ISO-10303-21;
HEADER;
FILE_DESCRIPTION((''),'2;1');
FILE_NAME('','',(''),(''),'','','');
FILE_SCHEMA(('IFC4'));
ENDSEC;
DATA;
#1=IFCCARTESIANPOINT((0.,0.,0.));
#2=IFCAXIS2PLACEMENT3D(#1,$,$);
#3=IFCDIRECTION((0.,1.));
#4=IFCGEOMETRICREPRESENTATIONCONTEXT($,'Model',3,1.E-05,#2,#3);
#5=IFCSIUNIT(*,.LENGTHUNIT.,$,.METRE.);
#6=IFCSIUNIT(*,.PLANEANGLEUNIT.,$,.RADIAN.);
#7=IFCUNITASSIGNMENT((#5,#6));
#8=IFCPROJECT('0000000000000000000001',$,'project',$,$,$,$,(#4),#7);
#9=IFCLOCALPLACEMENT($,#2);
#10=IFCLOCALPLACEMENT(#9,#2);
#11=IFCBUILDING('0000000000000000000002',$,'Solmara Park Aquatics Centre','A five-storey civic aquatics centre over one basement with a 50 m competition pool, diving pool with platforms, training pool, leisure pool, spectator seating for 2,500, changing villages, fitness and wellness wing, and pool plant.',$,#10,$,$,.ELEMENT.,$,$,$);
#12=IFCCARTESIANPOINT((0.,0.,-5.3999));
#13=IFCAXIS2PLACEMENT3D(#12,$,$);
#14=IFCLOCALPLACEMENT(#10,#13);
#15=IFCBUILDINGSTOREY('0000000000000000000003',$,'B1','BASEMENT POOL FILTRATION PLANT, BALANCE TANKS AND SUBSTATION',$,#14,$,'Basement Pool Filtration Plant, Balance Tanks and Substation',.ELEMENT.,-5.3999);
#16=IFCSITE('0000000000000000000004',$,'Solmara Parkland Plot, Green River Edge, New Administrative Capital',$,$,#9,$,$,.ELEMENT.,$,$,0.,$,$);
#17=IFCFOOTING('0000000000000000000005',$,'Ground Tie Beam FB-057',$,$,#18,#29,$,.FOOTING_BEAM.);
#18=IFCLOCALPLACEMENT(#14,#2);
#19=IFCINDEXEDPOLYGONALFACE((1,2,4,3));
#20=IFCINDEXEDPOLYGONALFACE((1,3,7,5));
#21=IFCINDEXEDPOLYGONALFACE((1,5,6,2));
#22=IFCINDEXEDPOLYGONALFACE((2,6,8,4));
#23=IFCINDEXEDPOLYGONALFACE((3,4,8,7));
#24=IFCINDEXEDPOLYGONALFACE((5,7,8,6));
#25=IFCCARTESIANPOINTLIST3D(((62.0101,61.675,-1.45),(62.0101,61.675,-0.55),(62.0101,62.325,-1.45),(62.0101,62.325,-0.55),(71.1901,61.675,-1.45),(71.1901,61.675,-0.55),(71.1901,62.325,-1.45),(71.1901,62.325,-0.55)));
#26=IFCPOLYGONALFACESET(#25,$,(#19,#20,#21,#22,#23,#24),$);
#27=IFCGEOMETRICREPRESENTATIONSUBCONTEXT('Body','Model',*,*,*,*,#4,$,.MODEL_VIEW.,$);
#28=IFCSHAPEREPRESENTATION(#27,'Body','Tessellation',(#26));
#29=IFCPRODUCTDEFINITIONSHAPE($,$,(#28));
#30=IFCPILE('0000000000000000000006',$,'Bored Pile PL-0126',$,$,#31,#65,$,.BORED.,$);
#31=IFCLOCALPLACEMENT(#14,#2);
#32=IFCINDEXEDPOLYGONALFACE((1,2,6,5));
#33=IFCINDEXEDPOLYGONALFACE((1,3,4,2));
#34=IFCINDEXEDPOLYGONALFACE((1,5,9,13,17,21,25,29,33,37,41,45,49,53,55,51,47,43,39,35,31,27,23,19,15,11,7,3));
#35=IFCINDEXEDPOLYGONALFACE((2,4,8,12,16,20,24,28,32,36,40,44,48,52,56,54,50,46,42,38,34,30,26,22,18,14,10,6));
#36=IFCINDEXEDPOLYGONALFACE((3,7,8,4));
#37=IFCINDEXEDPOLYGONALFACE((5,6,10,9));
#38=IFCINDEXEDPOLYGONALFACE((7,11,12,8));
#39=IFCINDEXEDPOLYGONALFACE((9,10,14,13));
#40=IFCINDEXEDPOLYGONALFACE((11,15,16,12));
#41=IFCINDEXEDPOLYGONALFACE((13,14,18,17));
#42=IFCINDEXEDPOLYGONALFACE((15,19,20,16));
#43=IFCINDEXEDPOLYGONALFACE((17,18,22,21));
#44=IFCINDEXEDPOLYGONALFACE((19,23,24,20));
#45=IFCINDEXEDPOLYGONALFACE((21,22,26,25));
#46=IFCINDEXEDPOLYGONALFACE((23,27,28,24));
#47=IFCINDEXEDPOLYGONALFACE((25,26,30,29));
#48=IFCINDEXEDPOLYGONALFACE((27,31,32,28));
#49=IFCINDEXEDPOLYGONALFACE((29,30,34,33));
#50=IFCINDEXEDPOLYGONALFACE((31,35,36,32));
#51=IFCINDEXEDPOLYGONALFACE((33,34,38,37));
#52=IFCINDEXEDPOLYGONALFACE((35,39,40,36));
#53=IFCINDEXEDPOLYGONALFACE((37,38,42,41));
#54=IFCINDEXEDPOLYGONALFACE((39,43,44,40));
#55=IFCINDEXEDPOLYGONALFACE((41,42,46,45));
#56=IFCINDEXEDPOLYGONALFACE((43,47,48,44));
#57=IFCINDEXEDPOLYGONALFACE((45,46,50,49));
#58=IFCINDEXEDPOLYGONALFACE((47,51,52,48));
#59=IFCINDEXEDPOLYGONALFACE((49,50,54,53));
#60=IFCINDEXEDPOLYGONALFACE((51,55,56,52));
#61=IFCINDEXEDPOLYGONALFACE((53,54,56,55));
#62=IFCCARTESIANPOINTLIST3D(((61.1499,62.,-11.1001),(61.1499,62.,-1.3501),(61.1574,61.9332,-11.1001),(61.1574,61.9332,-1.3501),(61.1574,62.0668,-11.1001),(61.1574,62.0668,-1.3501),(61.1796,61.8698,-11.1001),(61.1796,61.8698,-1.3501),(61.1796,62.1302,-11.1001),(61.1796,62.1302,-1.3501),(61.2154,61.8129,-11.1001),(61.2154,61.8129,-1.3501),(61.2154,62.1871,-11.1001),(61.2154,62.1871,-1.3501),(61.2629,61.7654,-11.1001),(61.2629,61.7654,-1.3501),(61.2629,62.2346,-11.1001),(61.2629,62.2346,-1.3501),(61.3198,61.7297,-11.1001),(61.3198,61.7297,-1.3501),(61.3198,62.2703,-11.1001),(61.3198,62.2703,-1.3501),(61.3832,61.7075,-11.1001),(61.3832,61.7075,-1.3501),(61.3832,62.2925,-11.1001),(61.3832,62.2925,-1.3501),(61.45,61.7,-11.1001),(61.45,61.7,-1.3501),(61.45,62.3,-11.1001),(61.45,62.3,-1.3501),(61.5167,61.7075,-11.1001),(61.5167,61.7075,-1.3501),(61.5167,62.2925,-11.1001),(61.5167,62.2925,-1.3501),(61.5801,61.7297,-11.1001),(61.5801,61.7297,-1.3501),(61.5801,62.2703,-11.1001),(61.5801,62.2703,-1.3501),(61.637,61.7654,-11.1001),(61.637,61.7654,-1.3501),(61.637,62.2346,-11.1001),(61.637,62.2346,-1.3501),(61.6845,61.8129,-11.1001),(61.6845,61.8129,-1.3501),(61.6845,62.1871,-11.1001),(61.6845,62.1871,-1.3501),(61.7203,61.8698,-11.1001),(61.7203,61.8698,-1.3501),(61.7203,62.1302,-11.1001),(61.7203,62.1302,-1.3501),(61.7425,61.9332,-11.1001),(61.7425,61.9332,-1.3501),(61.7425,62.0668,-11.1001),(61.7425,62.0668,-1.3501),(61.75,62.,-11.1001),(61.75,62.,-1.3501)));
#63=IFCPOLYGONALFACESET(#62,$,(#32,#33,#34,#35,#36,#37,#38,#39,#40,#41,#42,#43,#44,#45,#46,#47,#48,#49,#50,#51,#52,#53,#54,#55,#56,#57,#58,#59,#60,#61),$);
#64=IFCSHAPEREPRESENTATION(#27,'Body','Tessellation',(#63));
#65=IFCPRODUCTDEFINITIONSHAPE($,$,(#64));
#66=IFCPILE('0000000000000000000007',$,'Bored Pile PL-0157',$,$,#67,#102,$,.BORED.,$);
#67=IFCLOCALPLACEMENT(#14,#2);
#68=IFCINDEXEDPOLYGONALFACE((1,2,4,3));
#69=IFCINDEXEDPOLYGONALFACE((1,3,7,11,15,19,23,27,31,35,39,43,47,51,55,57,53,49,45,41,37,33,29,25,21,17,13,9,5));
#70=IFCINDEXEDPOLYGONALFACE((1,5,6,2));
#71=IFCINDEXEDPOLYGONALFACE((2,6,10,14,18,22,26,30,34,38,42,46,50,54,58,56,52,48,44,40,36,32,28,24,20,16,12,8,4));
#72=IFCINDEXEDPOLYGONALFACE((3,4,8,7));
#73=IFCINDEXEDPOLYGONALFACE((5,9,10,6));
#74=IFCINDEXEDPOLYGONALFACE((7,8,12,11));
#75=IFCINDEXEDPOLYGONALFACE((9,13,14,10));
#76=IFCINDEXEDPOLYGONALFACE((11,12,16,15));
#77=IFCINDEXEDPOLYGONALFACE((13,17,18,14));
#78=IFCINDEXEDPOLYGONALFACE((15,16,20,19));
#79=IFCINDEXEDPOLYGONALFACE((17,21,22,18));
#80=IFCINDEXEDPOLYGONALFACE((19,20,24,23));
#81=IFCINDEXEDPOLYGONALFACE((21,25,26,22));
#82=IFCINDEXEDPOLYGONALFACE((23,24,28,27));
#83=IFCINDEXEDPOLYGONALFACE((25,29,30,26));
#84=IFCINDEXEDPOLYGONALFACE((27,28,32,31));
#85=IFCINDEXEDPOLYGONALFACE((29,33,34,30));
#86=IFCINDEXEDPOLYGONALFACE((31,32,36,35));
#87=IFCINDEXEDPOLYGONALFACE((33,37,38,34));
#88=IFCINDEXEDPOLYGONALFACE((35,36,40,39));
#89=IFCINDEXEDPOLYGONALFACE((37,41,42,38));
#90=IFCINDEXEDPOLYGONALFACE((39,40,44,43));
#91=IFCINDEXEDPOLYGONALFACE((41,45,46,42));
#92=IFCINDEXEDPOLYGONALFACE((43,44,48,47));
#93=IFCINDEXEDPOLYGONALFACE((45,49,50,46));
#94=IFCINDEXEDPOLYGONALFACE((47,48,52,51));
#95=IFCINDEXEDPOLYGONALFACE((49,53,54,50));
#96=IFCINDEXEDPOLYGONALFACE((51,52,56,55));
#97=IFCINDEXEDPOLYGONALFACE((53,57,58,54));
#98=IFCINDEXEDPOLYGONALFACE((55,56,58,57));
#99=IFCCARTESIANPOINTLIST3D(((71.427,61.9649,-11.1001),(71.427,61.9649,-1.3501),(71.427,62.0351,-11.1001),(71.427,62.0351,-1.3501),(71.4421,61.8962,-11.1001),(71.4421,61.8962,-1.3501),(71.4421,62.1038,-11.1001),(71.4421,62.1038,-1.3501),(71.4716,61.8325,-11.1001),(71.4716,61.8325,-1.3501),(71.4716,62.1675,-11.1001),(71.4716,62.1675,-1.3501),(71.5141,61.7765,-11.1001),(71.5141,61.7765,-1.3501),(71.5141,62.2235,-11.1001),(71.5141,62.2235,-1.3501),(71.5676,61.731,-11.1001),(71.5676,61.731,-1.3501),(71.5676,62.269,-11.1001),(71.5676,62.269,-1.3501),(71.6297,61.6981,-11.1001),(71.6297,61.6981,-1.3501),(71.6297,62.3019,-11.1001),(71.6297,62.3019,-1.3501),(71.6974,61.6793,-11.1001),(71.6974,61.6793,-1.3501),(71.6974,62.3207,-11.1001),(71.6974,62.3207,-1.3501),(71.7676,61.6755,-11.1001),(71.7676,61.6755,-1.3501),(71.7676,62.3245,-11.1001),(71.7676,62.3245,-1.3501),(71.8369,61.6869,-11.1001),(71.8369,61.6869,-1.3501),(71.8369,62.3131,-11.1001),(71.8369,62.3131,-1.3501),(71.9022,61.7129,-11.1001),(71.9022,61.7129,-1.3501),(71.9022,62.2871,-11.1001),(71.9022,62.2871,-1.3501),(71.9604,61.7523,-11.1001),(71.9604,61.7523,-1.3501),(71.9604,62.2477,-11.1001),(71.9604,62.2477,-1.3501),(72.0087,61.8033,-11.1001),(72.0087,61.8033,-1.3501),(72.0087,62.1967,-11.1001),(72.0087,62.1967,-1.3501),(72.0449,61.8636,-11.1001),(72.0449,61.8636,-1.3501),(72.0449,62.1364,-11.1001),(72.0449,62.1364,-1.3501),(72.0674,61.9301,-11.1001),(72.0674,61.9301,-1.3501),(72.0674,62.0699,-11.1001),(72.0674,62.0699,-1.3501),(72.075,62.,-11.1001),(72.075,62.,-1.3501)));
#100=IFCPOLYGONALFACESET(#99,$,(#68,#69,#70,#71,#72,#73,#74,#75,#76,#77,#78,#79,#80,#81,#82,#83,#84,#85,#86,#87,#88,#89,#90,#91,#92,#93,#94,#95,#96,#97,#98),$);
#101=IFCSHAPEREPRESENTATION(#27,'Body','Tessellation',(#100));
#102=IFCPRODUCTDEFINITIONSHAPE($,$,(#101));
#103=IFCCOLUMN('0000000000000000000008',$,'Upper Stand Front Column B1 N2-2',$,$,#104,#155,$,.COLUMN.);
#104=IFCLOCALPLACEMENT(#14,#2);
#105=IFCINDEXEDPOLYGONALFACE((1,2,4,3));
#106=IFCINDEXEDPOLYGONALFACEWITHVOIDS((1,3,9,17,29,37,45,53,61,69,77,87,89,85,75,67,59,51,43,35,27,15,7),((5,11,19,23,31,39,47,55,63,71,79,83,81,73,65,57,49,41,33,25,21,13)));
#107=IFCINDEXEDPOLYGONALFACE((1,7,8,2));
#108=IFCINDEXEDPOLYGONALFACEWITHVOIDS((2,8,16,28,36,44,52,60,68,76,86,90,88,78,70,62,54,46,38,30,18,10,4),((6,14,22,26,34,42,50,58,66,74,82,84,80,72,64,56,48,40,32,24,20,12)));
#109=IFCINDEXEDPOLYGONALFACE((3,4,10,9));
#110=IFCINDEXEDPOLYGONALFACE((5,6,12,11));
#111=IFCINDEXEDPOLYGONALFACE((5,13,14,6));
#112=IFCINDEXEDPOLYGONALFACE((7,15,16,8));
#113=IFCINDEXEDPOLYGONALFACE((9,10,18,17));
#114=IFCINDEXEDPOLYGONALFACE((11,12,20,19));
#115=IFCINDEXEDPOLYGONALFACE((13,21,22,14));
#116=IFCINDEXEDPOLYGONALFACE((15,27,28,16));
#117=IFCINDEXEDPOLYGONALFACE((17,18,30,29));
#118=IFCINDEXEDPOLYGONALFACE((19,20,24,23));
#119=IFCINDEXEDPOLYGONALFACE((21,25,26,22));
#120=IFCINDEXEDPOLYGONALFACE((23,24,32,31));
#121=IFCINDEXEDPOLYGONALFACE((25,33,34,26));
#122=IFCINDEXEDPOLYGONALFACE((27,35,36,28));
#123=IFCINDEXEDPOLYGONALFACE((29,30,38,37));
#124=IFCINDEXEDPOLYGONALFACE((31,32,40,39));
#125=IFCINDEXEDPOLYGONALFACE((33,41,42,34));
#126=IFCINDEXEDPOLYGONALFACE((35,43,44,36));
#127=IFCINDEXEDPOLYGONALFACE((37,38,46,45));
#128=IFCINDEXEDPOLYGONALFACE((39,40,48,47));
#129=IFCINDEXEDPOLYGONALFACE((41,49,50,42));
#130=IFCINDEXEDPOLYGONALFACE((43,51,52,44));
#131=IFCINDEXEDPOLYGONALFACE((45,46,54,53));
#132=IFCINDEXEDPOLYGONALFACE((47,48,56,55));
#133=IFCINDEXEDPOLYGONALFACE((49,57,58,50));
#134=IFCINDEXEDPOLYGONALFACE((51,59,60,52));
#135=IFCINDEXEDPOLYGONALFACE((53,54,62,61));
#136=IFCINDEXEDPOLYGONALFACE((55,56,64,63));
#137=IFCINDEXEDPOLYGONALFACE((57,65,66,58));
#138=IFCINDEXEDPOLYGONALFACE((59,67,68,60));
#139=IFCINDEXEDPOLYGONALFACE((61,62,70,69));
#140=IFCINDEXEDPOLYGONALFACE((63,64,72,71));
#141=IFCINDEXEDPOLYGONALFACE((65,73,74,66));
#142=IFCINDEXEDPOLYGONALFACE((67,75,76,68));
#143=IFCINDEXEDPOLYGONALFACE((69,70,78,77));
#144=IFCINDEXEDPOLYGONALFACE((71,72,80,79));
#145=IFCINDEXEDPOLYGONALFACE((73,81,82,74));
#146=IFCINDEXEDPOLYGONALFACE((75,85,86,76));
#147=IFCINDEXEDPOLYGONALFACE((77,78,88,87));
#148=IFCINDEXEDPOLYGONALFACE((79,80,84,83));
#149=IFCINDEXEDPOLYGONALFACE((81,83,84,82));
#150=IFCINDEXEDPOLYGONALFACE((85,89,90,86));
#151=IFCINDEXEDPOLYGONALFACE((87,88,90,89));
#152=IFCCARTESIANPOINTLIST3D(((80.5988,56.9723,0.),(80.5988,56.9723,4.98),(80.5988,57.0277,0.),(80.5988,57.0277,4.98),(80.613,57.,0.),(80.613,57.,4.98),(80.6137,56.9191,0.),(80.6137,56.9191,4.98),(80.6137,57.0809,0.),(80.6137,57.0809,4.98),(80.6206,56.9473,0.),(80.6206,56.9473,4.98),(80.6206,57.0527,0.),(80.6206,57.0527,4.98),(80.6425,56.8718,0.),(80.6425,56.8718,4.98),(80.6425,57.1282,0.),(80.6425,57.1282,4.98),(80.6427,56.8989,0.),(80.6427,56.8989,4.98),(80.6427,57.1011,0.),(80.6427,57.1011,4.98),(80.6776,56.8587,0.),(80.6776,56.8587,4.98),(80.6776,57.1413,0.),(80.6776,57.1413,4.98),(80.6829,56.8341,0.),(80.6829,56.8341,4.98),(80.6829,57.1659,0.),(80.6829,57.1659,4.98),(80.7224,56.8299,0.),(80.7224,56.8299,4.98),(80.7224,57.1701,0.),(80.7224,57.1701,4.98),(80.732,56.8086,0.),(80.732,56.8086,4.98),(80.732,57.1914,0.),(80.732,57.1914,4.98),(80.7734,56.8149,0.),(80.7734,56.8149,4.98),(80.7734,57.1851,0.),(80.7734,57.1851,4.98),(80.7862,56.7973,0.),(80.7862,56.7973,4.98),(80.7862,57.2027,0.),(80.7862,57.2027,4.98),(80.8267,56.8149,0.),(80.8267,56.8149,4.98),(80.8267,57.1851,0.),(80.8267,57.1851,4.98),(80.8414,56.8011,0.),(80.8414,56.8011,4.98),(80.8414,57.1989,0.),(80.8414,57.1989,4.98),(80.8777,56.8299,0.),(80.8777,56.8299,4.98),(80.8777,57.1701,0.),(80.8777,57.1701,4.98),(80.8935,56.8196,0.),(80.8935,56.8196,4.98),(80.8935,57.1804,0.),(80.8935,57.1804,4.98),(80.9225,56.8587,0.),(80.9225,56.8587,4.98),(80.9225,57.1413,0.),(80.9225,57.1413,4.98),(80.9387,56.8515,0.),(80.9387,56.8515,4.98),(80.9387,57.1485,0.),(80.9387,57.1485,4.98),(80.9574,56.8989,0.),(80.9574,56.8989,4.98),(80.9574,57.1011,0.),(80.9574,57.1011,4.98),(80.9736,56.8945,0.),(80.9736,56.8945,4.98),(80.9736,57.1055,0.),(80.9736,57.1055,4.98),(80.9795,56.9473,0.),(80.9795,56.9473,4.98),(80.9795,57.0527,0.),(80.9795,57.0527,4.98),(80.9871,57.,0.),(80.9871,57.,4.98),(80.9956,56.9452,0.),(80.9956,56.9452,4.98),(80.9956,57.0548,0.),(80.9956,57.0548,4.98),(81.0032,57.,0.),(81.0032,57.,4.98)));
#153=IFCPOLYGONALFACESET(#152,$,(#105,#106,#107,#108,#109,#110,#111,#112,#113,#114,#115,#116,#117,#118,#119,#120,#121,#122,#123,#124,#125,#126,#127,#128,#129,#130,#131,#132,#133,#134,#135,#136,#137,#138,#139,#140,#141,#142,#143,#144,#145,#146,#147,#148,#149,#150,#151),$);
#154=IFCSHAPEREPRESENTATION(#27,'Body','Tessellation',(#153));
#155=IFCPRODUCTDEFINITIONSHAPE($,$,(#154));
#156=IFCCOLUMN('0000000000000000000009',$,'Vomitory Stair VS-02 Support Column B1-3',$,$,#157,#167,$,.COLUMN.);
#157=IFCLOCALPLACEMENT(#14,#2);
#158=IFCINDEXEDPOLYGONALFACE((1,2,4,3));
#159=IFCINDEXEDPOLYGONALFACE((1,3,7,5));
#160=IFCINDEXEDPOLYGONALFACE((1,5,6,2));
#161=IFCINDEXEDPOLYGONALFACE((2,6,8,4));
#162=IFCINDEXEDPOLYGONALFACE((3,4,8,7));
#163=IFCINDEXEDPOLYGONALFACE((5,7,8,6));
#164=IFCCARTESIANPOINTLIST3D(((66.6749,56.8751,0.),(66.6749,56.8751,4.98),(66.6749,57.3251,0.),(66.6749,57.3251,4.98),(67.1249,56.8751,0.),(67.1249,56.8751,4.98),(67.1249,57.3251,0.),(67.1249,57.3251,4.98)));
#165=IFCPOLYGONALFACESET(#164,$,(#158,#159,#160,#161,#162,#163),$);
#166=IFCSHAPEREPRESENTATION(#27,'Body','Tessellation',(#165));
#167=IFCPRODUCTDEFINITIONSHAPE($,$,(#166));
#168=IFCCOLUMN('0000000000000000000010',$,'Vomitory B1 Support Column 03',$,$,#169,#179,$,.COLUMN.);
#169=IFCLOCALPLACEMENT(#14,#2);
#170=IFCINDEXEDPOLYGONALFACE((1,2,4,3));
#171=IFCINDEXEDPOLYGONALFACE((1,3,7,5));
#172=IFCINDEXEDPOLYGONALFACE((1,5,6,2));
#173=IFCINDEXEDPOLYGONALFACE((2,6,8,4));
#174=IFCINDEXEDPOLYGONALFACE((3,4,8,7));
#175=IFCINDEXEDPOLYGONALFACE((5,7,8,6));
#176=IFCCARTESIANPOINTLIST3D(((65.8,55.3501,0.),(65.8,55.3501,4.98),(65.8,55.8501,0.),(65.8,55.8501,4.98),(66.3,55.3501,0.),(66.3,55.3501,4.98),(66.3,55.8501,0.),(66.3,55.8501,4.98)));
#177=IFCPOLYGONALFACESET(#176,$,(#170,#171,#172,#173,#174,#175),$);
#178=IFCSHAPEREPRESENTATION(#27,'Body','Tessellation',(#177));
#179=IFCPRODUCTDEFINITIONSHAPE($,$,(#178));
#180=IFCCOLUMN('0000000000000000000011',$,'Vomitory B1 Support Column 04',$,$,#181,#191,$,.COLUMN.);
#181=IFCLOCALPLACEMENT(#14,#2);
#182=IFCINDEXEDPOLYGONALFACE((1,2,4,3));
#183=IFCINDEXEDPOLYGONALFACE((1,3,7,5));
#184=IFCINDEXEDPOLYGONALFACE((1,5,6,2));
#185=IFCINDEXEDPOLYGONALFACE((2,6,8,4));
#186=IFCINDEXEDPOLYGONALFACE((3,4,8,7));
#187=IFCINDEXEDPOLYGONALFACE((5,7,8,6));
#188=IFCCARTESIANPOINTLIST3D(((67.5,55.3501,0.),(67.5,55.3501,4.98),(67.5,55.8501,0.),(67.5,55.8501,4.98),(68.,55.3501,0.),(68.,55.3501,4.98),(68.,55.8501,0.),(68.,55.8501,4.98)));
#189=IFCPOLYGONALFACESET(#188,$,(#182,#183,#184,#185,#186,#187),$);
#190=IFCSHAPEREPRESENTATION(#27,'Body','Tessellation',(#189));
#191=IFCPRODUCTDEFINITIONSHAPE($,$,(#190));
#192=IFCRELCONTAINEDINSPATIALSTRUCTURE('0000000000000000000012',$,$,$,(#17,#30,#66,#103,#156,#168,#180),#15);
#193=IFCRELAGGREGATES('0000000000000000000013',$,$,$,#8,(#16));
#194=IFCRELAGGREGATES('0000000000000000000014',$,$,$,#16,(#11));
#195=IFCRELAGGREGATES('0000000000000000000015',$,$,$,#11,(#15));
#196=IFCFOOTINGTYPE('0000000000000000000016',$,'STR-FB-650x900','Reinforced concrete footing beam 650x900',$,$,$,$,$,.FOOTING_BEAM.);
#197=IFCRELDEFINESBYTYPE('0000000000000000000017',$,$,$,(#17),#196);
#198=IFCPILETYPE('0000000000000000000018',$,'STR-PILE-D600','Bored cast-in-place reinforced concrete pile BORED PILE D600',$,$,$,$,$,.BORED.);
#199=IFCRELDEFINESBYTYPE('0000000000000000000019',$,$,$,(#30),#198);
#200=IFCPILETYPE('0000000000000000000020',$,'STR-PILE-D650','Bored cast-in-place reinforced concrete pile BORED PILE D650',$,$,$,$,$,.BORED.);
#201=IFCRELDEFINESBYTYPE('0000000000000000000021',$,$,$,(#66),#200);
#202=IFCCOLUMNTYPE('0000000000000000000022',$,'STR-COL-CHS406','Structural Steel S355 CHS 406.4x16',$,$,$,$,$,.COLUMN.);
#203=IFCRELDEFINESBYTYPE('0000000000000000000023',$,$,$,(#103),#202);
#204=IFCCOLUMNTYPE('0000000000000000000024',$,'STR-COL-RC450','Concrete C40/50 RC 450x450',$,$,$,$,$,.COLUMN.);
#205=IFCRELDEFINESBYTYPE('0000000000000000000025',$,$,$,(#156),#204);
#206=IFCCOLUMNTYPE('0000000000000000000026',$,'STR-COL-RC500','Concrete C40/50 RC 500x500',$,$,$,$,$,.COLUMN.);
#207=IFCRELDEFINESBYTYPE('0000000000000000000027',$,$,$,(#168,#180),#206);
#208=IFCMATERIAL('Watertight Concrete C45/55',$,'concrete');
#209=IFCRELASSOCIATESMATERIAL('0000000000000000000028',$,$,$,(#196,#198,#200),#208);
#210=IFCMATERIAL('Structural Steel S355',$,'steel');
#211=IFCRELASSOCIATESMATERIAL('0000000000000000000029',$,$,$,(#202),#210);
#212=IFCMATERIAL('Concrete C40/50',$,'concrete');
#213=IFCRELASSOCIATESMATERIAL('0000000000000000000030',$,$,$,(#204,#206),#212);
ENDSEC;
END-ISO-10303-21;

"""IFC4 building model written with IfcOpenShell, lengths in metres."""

from ifc_helpers import new_model, si_unit, direction, frame, origin, origin_2d, place, context, subcontext, project, spatial, rectangle, circle, hollow_circle, extrude, material, material_profile, profile_set, type_object, element, save


model = new_model("IFC4")

# Units and contexts
model_context = context("Model", 3, precision=1e-05, world=origin(), true_north=direction((0.0, 1.0)))
body_context = subcontext(model_context, "Body", "Model", "MODEL_VIEW")
ifc_project = project(units=[si_unit("LENGTHUNIT", "METRE"), si_unit("PLANEANGLEUNIT", "RADIAN")], contexts=[model_context])

# Site, building, storey
site_placement = place(None, origin())
site = spatial("IfcSite", under=ifc_project, at=site_placement, Name="Solmara Parkland Plot, Green River Edge, New Administrative Capital", CompositionType="ELEMENT", RefElevation=0.0)
building_placement = place(site_placement, origin())
building = spatial("IfcBuilding", under=site, at=building_placement, Name="Solmara Park Aquatics Centre", Description="A five-storey civic aquatics centre over one basement with a 50 m competition pool, diving pool with platforms, training pool, leisure pool, spectator seating for 2,500, changing villages, fitness and wellness wing, and pool plant.", CompositionType="ELEMENT")
storey_placement = place(building_placement, frame((0.0, 0.0, -5.3999)))
storey = spatial("IfcBuildingStorey", under=building, at=storey_placement, Name="B1", Description="BASEMENT POOL FILTRATION PLANT, BALANCE TANKS AND SUBSTATION", LongName="Basement Pool Filtration Plant, Balance Tanks and Substation", CompositionType="ELEMENT", Elevation=-5.3999)

# Footing
ifc_material_1 = material(Name="Watertight Concrete C45/55", Category="concrete")
footing_type = type_object("IfcFootingType", Name="STR-FB-650x900", Description="Reinforced concrete footing beam 650x900", PredefinedType="FOOTING_BEAM", material=ifc_material_1)
footing_placement = place(storey_placement, frame((66.6001, 62.0, -1.45), z_axis=(0.0, 0.0, 1.0), x_axis=(1.0, 0.0, 0.0)))
element("IfcFooting", 1, at=footing_placement, inside=storey, type_object=footing_type, Name="Ground Tie Beam FB-057", PredefinedType="FOOTING_BEAM", context=body_context, shape_type="SweptSolid", body=[
    extrude(rectangle(XDim=9.1799, YDim=0.6499, at=origin_2d()), origin(), (0.0, 0.0, 1.0), 0.8999),
])

# Piles
ifc_material_profile_1 = material_profile(ifc_material_1, circle(Radius=0.3, at=origin_2d()), Name="BORED PILE D600")
ifc_profile_set_1 = profile_set([ifc_material_profile_1], Name="Watertight Concrete C45/55")
pile_type_1 = type_object("IfcPileType", Name="STR-PILE-D600", Description="Bored cast-in-place reinforced concrete pile BORED PILE D600", PredefinedType="BORED", material=ifc_profile_set_1)
pile_1_placement = place(storey_placement, frame((61.45, 62.0, -1.3501), z_axis=(0.0, 0.0, -1.0), x_axis=(1.0, 0.0, 0.0)))
element("IfcPile", 2, at=pile_1_placement, inside=storey, type_object=pile_type_1, Name="Bored Pile PL-0126", PredefinedType="BORED", context=body_context, shape_type="SweptSolid", body=[
    extrude(circle(Radius=0.3, at=origin_2d()), origin(), (0.0, 0.0, 1.0), 9.75),
])
ifc_material_profile_2 = material_profile(ifc_material_1, circle(Radius=0.325, at=origin_2d()), Name="BORED PILE D650")
ifc_profile_set_2 = profile_set([ifc_material_profile_2], Name="Watertight Concrete C45/55")
pile_type_2 = type_object("IfcPileType", Name="STR-PILE-D650", Description="Bored cast-in-place reinforced concrete pile BORED PILE D650", PredefinedType="BORED", material=ifc_profile_set_2)
pile_2_placement = place(storey_placement, frame((71.75, 62.0, -1.3501), z_axis=(0.0, 0.0, -1.0), x_axis=(1.0, 0.0, 0.0)))
element("IfcPile", 3, at=pile_2_placement, inside=storey, type_object=pile_type_2, Name="Bored Pile PL-0157", PredefinedType="BORED", context=body_context, shape_type="SweptSolid", body=[
    extrude(circle(Radius=0.325, at=origin_2d()), origin(), (0.0, 0.0, 1.0), 9.75),
])

# Columns
ifc_material_2 = material(Name="Structural Steel S355", Category="steel")
ifc_material_profile_3 = material_profile(ifc_material_2, hollow_circle(Radius=0.2031, WallThickness=0.0161, at=origin_2d()), Name="CHS 406.4x16")
ifc_profile_set_3 = profile_set([ifc_material_profile_3], Name="Structural Steel S355")
column_type_1 = type_object("IfcColumnType", Name="STR-COL-CHS406", Description="Structural Steel S355 CHS 406.4x16", PredefinedType="COLUMN", material=ifc_profile_set_3)
column_1_placement = place(storey_placement, frame((80.8, 57.0, 0.0), z_axis=(0.0, 0.0, 1.0), x_axis=(1.0, 0.0, 0.0)))
element("IfcColumn", 4, at=column_1_placement, inside=storey, type_object=column_type_1, Name="Upper Stand Front Column B1 N2-2", PredefinedType="COLUMN", context=body_context, shape_type="SweptSolid", body=[
    extrude(hollow_circle(Radius=0.2031, WallThickness=0.0161, at=origin_2d()), origin(), (0.0, 0.0, 1.0), 4.98),
])
ifc_material_3 = material(Name="Concrete C40/50", Category="concrete")
ifc_material_profile_4 = material_profile(ifc_material_3, rectangle(XDim=0.45, YDim=0.45, at=origin_2d()), Name="RC 450x450")
ifc_profile_set_4 = profile_set([ifc_material_profile_4], Name="Concrete C40/50")
column_type_2 = type_object("IfcColumnType", Name="STR-COL-RC450", Description="Concrete C40/50 RC 450x450", PredefinedType="COLUMN", material=ifc_profile_set_4)
column_2_placement = place(storey_placement, frame((66.8999, 57.1001, 0.0), z_axis=(0.0, 0.0, 1.0), x_axis=(1.0, 0.0, 0.0)))
element("IfcColumn", 5, at=column_2_placement, inside=storey, type_object=column_type_2, Name="Vomitory Stair VS-02 Support Column B1-3", PredefinedType="COLUMN", context=body_context, shape_type="SweptSolid", body=[
    extrude(rectangle(XDim=0.45, YDim=0.45, at=origin_2d()), origin(), (0.0, 0.0, 1.0), 4.98),
])
ifc_material_profile_5 = material_profile(ifc_material_3, rectangle(XDim=0.5, YDim=0.5, at=origin_2d()), Name="RC 500x500")
ifc_profile_set_5 = profile_set([ifc_material_profile_5], Name="Concrete C40/50")
column_type_3 = type_object("IfcColumnType", Name="STR-COL-RC500", Description="Concrete C40/50 RC 500x500", PredefinedType="COLUMN", material=ifc_profile_set_5)
for number, where, z_axis, x_axis, name in (
    (6, (66.05, 55.6001, 0.0), (0.0, 0.0, 1.0), (1.0, 0.0, 0.0), "Vomitory B1 Support Column 03"),
    (7, (67.75, 55.6001, 0.0), (0.0, 0.0, 1.0), (1.0, 0.0, 0.0), "Vomitory B1 Support Column 04"),
):
    element("IfcColumn", number, at=place(storey_placement, frame(where, z_axis=z_axis, x_axis=x_axis)), inside=storey, type_object=column_type_3, Name=name, PredefinedType="COLUMN", context=body_context, shape_type="SweptSolid", body=[
        extrude(rectangle(XDim=0.5, YDim=0.5, at=origin_2d()), origin(), (0.0, 0.0, 1.0), 4.98),
    ])

save(model, "model.ifc")
